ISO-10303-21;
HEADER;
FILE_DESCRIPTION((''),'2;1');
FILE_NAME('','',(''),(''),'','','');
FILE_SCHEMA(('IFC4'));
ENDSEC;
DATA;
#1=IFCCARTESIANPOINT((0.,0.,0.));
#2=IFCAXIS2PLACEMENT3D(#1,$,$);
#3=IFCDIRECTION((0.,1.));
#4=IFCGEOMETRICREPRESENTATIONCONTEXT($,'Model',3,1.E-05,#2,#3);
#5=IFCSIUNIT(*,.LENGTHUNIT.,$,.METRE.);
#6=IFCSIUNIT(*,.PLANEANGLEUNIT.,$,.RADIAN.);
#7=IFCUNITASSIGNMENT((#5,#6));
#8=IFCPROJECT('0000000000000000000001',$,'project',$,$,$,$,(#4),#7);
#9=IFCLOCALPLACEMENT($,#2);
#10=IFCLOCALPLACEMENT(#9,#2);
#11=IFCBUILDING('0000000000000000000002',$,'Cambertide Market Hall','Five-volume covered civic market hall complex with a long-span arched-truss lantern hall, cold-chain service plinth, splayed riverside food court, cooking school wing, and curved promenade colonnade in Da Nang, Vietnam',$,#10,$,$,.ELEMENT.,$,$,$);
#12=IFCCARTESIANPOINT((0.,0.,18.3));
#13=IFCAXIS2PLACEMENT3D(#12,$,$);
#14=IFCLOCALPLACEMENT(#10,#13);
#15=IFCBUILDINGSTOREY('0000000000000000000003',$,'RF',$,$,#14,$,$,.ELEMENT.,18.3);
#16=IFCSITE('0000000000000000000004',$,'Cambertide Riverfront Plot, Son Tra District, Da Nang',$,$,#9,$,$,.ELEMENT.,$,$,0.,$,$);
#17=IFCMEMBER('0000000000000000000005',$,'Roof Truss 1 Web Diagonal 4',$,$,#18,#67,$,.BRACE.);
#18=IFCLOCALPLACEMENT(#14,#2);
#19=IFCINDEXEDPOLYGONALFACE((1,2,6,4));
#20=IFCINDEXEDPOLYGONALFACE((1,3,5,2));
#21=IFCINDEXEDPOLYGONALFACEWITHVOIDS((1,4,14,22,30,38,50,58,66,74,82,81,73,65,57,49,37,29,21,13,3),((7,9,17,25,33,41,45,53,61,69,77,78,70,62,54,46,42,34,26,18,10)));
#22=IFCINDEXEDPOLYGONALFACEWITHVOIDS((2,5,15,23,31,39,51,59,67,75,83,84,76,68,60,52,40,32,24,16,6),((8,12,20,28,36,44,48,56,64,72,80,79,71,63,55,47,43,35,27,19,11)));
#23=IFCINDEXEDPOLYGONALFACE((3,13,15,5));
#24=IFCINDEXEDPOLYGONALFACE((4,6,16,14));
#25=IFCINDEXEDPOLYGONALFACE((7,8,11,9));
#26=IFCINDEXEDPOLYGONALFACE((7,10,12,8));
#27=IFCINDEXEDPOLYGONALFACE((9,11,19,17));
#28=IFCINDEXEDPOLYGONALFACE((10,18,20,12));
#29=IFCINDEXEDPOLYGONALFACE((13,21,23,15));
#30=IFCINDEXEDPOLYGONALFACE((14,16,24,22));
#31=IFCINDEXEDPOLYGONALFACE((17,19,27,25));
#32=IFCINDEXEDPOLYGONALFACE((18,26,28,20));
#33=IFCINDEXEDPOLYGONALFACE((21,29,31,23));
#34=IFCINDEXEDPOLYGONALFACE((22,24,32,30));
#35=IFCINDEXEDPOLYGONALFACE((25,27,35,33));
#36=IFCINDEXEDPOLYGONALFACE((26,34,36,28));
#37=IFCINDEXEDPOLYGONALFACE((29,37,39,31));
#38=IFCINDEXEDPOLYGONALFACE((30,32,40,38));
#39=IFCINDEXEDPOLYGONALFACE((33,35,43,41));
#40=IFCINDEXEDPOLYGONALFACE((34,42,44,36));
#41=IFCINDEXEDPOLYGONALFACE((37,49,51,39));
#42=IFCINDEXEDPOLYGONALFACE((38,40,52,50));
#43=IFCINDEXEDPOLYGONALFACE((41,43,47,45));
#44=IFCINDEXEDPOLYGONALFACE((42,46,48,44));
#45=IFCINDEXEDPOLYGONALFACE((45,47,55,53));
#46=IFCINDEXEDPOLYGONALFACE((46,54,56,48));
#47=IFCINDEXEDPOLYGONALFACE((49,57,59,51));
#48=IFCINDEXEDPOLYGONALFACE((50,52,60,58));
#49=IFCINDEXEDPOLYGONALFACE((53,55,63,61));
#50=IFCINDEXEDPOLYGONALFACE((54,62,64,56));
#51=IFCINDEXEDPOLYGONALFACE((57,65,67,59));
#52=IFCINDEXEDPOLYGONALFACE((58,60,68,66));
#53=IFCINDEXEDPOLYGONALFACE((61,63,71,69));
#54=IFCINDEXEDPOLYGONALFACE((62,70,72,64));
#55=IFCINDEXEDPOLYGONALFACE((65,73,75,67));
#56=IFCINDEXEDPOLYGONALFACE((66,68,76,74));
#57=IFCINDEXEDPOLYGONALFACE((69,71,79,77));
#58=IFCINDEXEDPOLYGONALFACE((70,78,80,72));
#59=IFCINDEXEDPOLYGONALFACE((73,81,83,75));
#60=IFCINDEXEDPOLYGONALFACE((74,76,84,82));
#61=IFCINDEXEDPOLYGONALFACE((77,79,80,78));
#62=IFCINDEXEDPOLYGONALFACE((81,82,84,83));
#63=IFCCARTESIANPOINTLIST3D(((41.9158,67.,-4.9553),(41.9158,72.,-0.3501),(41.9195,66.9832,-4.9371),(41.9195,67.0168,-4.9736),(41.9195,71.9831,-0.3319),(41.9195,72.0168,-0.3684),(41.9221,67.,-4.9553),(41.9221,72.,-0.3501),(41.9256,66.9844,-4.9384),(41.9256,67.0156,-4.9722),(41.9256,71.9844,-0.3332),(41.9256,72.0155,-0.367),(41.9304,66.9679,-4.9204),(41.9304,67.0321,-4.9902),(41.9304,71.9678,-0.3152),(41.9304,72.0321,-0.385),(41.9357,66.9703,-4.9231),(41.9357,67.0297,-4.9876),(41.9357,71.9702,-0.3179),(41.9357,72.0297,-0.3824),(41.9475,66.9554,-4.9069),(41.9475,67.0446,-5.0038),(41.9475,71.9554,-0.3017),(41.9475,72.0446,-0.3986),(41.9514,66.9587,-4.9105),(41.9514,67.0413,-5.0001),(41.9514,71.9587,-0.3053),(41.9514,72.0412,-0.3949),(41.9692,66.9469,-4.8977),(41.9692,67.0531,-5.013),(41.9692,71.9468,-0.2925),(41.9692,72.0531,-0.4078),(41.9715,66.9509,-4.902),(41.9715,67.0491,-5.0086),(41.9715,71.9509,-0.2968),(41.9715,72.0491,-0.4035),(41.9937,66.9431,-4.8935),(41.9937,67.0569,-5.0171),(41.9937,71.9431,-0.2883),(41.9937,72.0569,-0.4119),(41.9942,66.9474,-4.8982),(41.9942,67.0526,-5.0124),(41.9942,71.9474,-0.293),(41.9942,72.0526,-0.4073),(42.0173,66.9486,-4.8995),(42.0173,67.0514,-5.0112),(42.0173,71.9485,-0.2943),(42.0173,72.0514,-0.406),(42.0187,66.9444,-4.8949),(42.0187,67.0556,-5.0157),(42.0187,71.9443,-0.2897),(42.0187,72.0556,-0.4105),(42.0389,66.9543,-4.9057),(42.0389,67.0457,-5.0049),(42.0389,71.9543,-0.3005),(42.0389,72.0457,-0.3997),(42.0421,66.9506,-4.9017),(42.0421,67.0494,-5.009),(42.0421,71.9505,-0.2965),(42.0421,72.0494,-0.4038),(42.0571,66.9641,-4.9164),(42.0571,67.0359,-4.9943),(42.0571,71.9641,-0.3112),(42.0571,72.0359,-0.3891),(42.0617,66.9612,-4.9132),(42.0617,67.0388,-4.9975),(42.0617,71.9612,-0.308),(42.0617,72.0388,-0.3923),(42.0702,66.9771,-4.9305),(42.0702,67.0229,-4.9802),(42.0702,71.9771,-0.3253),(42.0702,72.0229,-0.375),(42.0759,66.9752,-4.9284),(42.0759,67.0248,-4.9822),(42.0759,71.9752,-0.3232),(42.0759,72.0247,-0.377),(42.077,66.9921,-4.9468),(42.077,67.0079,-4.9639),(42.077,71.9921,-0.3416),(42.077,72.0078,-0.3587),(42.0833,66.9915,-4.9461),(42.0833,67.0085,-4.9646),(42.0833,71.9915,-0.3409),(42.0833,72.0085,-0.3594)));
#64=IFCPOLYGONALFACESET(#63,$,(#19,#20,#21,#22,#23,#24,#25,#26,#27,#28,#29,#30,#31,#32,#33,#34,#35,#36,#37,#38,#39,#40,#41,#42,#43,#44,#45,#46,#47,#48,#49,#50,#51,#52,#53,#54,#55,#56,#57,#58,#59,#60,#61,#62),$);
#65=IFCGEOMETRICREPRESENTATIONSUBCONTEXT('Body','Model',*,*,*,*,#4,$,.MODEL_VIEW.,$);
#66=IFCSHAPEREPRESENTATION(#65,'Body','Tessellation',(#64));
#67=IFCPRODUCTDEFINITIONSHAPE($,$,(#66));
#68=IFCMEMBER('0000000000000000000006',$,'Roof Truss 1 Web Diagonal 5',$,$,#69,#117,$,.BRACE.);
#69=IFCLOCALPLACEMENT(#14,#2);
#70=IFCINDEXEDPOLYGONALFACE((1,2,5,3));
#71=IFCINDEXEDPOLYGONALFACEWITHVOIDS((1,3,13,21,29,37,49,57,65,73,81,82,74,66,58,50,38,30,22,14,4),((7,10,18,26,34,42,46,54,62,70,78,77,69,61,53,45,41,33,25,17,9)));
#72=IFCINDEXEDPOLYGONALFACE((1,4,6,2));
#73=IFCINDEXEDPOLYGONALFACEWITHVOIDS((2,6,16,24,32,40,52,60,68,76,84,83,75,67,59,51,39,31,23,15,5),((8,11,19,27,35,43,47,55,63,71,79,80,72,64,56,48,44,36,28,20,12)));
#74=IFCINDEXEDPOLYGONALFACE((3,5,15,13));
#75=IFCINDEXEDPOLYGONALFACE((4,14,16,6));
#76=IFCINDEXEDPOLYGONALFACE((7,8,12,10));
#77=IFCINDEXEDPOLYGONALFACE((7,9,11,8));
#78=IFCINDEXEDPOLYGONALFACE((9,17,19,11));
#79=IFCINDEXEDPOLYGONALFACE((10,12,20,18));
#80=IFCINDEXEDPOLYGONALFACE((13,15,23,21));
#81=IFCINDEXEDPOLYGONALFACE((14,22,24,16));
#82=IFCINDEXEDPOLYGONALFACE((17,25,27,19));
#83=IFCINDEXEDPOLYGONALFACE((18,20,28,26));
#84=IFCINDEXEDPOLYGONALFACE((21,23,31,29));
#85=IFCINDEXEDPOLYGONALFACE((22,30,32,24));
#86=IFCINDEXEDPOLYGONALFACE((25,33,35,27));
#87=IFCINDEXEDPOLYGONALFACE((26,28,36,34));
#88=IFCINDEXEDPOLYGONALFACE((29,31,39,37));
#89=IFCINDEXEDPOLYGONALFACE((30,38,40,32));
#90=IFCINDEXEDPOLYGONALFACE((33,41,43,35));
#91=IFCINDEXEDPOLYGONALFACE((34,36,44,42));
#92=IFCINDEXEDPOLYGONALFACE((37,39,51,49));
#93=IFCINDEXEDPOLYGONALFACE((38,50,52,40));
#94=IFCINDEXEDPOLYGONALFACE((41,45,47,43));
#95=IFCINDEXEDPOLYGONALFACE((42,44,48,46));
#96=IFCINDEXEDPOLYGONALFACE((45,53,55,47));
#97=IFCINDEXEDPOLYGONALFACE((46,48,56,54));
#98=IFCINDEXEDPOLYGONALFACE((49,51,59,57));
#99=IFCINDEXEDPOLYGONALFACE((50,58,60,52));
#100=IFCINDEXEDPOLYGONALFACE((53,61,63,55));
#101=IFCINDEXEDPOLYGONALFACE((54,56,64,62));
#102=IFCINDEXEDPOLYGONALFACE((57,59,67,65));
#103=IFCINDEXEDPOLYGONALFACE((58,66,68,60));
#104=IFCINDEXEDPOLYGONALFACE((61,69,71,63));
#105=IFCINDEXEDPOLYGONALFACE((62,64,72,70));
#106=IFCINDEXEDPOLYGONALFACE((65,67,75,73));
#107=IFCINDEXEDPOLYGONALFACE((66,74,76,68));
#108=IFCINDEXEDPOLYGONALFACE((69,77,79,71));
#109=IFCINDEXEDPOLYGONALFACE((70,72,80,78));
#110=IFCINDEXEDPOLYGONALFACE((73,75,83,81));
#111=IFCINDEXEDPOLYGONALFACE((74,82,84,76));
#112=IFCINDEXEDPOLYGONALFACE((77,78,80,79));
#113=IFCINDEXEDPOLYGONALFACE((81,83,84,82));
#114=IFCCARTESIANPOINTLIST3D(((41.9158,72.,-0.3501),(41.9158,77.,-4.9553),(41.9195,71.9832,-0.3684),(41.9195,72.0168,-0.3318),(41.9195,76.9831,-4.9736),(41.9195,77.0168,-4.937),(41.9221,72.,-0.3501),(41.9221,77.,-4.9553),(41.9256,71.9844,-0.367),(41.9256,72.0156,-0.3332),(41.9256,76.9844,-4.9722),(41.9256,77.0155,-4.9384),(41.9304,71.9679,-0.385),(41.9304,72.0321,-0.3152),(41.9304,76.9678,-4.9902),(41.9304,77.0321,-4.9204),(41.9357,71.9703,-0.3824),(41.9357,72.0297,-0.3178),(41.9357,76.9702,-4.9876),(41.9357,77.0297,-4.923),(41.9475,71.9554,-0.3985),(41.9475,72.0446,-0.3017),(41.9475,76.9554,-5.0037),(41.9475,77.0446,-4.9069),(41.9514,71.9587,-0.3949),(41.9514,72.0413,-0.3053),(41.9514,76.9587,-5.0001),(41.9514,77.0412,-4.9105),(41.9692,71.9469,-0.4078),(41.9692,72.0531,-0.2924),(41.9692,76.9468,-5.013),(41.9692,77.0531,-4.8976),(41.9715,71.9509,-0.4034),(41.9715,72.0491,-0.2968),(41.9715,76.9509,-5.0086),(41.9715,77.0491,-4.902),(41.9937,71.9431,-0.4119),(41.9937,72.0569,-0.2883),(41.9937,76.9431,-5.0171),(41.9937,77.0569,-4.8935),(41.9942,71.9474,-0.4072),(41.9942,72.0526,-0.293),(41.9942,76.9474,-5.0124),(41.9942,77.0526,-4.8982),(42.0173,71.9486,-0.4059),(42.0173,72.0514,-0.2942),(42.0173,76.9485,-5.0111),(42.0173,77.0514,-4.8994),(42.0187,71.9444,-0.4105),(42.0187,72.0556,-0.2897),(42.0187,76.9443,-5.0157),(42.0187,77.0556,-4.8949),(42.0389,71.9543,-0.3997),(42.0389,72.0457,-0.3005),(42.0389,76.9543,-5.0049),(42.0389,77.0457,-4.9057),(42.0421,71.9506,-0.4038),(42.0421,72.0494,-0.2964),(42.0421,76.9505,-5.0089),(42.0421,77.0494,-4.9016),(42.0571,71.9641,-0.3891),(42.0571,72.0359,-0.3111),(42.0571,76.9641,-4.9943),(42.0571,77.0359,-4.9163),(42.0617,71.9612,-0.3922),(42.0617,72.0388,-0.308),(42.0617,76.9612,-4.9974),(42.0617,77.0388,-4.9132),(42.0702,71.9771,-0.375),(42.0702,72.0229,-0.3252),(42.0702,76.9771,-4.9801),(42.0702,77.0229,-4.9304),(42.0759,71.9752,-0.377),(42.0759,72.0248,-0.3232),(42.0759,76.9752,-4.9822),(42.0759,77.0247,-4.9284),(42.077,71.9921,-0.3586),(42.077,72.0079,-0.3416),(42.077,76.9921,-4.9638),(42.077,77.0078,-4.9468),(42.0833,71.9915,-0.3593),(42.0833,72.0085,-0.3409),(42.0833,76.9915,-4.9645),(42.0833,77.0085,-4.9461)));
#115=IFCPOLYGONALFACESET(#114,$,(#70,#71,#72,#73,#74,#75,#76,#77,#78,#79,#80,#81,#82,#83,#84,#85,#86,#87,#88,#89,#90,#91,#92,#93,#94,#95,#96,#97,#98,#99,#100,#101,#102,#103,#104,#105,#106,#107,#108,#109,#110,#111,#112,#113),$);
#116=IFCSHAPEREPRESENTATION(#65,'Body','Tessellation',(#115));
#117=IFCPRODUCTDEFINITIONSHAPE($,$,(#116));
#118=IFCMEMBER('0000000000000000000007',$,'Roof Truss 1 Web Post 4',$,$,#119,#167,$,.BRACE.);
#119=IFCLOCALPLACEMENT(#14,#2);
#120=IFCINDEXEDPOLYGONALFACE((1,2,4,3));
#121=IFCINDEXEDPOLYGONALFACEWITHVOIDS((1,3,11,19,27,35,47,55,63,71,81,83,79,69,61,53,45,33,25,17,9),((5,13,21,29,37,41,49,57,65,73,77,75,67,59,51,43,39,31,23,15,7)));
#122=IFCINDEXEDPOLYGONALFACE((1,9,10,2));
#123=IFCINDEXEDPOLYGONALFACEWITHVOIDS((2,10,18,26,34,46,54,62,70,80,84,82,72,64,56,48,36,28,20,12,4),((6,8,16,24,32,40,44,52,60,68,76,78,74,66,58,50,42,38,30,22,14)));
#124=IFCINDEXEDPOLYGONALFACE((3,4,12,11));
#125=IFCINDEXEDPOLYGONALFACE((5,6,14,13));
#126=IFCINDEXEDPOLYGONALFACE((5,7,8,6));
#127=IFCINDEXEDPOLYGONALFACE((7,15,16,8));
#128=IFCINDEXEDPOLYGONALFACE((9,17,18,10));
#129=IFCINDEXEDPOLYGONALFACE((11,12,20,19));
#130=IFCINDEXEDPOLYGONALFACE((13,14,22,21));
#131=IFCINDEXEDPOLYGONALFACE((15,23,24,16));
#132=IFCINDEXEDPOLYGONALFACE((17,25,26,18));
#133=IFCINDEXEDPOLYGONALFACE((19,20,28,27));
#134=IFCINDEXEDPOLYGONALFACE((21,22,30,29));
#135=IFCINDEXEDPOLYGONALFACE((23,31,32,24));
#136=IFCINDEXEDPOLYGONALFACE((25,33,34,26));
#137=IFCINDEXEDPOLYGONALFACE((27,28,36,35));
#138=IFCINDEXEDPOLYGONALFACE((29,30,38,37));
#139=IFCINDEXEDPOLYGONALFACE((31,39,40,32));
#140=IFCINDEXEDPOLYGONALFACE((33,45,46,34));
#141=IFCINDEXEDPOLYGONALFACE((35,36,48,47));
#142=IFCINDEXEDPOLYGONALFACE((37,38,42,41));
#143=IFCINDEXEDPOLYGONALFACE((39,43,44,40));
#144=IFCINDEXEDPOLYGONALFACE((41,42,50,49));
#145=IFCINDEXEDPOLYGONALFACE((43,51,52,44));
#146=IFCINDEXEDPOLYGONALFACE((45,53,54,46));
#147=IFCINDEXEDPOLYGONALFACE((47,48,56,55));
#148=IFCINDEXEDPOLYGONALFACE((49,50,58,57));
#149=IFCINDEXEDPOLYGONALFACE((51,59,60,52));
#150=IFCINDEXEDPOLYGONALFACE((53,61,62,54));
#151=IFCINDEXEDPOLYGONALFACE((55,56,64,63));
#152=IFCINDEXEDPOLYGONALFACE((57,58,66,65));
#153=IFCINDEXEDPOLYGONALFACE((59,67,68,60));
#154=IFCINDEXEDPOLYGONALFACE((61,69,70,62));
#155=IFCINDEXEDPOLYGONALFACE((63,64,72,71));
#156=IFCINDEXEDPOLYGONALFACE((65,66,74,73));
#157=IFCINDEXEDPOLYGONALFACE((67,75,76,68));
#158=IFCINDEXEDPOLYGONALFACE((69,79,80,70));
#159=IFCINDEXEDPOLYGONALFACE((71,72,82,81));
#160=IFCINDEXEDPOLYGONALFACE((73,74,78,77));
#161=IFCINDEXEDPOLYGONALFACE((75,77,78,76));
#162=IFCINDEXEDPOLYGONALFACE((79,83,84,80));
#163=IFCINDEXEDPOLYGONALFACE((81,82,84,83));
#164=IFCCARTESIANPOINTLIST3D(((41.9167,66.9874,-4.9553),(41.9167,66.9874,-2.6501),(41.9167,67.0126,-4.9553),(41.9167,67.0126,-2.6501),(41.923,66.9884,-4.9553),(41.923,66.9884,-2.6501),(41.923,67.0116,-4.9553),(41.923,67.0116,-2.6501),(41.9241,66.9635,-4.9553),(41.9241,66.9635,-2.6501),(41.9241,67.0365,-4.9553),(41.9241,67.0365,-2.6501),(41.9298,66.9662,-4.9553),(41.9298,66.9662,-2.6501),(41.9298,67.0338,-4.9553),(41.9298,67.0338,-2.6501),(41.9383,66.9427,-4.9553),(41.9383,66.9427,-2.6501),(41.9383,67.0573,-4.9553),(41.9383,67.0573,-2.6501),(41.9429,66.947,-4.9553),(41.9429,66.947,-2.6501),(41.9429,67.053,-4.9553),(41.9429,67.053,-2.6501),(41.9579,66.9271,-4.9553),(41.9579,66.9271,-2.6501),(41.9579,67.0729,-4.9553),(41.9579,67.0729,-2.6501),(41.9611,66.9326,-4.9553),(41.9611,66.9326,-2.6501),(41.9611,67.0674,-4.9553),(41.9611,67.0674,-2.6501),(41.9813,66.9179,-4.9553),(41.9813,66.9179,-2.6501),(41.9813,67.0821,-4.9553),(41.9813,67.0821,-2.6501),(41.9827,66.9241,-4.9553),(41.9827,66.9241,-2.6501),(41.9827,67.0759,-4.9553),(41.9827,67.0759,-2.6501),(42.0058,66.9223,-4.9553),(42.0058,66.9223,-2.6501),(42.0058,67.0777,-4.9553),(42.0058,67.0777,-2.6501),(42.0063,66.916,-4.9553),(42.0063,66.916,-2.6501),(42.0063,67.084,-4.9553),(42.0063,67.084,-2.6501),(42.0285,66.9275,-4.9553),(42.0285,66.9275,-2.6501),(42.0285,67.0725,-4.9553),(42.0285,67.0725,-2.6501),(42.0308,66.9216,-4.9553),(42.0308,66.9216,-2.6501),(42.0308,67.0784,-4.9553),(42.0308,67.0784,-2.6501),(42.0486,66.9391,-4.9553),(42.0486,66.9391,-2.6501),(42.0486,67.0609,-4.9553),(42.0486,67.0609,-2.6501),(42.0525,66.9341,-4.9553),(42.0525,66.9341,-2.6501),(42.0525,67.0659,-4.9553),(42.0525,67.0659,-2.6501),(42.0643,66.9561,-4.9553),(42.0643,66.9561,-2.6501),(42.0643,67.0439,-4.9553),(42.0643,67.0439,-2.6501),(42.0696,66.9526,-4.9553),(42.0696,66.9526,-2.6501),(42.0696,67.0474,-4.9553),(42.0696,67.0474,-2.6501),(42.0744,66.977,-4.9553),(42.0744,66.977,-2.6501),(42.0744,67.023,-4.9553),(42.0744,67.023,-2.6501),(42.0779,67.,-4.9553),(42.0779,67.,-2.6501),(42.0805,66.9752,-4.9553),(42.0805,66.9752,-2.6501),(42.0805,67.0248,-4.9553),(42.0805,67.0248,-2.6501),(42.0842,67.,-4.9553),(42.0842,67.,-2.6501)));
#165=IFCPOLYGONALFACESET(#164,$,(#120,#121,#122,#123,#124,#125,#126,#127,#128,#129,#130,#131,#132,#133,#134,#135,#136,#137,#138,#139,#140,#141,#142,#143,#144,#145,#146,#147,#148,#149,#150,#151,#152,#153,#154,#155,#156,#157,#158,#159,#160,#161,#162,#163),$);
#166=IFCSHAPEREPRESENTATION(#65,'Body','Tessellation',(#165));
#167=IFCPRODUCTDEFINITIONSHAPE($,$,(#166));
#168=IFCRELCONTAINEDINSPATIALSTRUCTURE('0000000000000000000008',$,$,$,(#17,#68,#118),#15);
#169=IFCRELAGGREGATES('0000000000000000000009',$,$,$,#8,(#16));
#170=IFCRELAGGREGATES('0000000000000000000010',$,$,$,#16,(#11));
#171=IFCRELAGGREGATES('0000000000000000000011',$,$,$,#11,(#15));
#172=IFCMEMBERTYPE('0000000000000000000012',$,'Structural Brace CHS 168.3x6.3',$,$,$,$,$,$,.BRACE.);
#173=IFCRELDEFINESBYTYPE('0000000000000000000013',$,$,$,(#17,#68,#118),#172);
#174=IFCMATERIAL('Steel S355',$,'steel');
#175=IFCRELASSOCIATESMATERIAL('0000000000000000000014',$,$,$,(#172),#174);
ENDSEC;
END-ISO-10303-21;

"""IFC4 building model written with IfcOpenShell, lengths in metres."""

from ifc_helpers import new_model, si_unit, direction, frame, origin, origin_2d, place, context, subcontext, project, spatial, hollow_circle, extrude, material, material_profile, profile_set, type_object, element, save


model = new_model("IFC4")

# Units and contexts
model_context = context("Model", 3, precision=1e-05, world=origin(), true_north=direction((0.0, 1.0)))
body_context = subcontext(model_context, "Body", "Model", "MODEL_VIEW")
ifc_project = project(units=[si_unit("LENGTHUNIT", "METRE"), si_unit("PLANEANGLEUNIT", "RADIAN")], contexts=[model_context])

# Site, building, storey
site_placement = place(None, origin())
site = spatial("IfcSite", under=ifc_project, at=site_placement, Name="Cambertide Riverfront Plot, Son Tra District, Da Nang", CompositionType="ELEMENT", RefElevation=0.0)
building_placement = place(site_placement, origin())
building = spatial("IfcBuilding", under=site, at=building_placement, Name="Cambertide Market Hall", Description="Five-volume covered civic market hall complex with a long-span arched-truss lantern hall, cold-chain service plinth, splayed riverside food court, cooking school wing, and curved promenade colonnade in Da Nang, Vietnam", CompositionType="ELEMENT")
storey_placement = place(building_placement, frame((0.0, 0.0, 18.3)))
storey = spatial("IfcBuildingStorey", under=building, at=storey_placement, Name="RF", CompositionType="ELEMENT", Elevation=18.3)

# Members
ifc_material_1 = material(Name="Steel S355", Category="steel")
ifc_material_profile_1 = material_profile(ifc_material_1, hollow_circle(Radius=0.0842, WallThickness=0.0063, at=origin_2d()), Name="CHS 168.3x6.3")
ifc_profile_set_1 = profile_set([ifc_material_profile_1], Name="Steel S355")
member_type_1 = type_object("IfcMemberType", Name="Structural Brace CHS 168.3x6.3", PredefinedType="BRACE", material=ifc_profile_set_1)
for number, where, z_axis, x_axis, name in (
    (1, (42.0, 67.0, -4.9553), (0.0, 0.735548, 0.677473), (-1.0, 0.0, 0.0), "Roof Truss 1 Web Diagonal 4"),
    (2, (42.0, 72.0, -0.3501), (0.0, 0.735548, -0.677473), (-1.0, 0.0, 0.0), "Roof Truss 1 Web Diagonal 5"),
):
    element("IfcMember", number, at=place(storey_placement, frame(where, z_axis=z_axis, x_axis=x_axis)), inside=storey, type_object=member_type_1, Name=name, PredefinedType="BRACE", context=body_context, shape_type="SweptSolid", body=[
        extrude(hollow_circle(Radius=0.0842, WallThickness=0.0063, at=origin_2d()), origin(), (0.0, 0.0, 1.0), 6.7976),
    ])
member_1_placement = place(storey_placement, frame((42.0, 67.0, -4.9553), z_axis=(0.0, 0.0, 1.0), x_axis=(1.0, 0.0, 0.0)))
element("IfcMember", 3, at=member_1_placement, inside=storey, type_object=member_type_1, Name="Roof Truss 1 Web Post 4", PredefinedType="BRACE", context=body_context, shape_type="SweptSolid", body=[
    extrude(hollow_circle(Radius=0.0842, WallThickness=0.0063, at=origin_2d()), origin(), (0.0, 0.0, 1.0), 2.3052),
])

save(model, "model.ifc")
